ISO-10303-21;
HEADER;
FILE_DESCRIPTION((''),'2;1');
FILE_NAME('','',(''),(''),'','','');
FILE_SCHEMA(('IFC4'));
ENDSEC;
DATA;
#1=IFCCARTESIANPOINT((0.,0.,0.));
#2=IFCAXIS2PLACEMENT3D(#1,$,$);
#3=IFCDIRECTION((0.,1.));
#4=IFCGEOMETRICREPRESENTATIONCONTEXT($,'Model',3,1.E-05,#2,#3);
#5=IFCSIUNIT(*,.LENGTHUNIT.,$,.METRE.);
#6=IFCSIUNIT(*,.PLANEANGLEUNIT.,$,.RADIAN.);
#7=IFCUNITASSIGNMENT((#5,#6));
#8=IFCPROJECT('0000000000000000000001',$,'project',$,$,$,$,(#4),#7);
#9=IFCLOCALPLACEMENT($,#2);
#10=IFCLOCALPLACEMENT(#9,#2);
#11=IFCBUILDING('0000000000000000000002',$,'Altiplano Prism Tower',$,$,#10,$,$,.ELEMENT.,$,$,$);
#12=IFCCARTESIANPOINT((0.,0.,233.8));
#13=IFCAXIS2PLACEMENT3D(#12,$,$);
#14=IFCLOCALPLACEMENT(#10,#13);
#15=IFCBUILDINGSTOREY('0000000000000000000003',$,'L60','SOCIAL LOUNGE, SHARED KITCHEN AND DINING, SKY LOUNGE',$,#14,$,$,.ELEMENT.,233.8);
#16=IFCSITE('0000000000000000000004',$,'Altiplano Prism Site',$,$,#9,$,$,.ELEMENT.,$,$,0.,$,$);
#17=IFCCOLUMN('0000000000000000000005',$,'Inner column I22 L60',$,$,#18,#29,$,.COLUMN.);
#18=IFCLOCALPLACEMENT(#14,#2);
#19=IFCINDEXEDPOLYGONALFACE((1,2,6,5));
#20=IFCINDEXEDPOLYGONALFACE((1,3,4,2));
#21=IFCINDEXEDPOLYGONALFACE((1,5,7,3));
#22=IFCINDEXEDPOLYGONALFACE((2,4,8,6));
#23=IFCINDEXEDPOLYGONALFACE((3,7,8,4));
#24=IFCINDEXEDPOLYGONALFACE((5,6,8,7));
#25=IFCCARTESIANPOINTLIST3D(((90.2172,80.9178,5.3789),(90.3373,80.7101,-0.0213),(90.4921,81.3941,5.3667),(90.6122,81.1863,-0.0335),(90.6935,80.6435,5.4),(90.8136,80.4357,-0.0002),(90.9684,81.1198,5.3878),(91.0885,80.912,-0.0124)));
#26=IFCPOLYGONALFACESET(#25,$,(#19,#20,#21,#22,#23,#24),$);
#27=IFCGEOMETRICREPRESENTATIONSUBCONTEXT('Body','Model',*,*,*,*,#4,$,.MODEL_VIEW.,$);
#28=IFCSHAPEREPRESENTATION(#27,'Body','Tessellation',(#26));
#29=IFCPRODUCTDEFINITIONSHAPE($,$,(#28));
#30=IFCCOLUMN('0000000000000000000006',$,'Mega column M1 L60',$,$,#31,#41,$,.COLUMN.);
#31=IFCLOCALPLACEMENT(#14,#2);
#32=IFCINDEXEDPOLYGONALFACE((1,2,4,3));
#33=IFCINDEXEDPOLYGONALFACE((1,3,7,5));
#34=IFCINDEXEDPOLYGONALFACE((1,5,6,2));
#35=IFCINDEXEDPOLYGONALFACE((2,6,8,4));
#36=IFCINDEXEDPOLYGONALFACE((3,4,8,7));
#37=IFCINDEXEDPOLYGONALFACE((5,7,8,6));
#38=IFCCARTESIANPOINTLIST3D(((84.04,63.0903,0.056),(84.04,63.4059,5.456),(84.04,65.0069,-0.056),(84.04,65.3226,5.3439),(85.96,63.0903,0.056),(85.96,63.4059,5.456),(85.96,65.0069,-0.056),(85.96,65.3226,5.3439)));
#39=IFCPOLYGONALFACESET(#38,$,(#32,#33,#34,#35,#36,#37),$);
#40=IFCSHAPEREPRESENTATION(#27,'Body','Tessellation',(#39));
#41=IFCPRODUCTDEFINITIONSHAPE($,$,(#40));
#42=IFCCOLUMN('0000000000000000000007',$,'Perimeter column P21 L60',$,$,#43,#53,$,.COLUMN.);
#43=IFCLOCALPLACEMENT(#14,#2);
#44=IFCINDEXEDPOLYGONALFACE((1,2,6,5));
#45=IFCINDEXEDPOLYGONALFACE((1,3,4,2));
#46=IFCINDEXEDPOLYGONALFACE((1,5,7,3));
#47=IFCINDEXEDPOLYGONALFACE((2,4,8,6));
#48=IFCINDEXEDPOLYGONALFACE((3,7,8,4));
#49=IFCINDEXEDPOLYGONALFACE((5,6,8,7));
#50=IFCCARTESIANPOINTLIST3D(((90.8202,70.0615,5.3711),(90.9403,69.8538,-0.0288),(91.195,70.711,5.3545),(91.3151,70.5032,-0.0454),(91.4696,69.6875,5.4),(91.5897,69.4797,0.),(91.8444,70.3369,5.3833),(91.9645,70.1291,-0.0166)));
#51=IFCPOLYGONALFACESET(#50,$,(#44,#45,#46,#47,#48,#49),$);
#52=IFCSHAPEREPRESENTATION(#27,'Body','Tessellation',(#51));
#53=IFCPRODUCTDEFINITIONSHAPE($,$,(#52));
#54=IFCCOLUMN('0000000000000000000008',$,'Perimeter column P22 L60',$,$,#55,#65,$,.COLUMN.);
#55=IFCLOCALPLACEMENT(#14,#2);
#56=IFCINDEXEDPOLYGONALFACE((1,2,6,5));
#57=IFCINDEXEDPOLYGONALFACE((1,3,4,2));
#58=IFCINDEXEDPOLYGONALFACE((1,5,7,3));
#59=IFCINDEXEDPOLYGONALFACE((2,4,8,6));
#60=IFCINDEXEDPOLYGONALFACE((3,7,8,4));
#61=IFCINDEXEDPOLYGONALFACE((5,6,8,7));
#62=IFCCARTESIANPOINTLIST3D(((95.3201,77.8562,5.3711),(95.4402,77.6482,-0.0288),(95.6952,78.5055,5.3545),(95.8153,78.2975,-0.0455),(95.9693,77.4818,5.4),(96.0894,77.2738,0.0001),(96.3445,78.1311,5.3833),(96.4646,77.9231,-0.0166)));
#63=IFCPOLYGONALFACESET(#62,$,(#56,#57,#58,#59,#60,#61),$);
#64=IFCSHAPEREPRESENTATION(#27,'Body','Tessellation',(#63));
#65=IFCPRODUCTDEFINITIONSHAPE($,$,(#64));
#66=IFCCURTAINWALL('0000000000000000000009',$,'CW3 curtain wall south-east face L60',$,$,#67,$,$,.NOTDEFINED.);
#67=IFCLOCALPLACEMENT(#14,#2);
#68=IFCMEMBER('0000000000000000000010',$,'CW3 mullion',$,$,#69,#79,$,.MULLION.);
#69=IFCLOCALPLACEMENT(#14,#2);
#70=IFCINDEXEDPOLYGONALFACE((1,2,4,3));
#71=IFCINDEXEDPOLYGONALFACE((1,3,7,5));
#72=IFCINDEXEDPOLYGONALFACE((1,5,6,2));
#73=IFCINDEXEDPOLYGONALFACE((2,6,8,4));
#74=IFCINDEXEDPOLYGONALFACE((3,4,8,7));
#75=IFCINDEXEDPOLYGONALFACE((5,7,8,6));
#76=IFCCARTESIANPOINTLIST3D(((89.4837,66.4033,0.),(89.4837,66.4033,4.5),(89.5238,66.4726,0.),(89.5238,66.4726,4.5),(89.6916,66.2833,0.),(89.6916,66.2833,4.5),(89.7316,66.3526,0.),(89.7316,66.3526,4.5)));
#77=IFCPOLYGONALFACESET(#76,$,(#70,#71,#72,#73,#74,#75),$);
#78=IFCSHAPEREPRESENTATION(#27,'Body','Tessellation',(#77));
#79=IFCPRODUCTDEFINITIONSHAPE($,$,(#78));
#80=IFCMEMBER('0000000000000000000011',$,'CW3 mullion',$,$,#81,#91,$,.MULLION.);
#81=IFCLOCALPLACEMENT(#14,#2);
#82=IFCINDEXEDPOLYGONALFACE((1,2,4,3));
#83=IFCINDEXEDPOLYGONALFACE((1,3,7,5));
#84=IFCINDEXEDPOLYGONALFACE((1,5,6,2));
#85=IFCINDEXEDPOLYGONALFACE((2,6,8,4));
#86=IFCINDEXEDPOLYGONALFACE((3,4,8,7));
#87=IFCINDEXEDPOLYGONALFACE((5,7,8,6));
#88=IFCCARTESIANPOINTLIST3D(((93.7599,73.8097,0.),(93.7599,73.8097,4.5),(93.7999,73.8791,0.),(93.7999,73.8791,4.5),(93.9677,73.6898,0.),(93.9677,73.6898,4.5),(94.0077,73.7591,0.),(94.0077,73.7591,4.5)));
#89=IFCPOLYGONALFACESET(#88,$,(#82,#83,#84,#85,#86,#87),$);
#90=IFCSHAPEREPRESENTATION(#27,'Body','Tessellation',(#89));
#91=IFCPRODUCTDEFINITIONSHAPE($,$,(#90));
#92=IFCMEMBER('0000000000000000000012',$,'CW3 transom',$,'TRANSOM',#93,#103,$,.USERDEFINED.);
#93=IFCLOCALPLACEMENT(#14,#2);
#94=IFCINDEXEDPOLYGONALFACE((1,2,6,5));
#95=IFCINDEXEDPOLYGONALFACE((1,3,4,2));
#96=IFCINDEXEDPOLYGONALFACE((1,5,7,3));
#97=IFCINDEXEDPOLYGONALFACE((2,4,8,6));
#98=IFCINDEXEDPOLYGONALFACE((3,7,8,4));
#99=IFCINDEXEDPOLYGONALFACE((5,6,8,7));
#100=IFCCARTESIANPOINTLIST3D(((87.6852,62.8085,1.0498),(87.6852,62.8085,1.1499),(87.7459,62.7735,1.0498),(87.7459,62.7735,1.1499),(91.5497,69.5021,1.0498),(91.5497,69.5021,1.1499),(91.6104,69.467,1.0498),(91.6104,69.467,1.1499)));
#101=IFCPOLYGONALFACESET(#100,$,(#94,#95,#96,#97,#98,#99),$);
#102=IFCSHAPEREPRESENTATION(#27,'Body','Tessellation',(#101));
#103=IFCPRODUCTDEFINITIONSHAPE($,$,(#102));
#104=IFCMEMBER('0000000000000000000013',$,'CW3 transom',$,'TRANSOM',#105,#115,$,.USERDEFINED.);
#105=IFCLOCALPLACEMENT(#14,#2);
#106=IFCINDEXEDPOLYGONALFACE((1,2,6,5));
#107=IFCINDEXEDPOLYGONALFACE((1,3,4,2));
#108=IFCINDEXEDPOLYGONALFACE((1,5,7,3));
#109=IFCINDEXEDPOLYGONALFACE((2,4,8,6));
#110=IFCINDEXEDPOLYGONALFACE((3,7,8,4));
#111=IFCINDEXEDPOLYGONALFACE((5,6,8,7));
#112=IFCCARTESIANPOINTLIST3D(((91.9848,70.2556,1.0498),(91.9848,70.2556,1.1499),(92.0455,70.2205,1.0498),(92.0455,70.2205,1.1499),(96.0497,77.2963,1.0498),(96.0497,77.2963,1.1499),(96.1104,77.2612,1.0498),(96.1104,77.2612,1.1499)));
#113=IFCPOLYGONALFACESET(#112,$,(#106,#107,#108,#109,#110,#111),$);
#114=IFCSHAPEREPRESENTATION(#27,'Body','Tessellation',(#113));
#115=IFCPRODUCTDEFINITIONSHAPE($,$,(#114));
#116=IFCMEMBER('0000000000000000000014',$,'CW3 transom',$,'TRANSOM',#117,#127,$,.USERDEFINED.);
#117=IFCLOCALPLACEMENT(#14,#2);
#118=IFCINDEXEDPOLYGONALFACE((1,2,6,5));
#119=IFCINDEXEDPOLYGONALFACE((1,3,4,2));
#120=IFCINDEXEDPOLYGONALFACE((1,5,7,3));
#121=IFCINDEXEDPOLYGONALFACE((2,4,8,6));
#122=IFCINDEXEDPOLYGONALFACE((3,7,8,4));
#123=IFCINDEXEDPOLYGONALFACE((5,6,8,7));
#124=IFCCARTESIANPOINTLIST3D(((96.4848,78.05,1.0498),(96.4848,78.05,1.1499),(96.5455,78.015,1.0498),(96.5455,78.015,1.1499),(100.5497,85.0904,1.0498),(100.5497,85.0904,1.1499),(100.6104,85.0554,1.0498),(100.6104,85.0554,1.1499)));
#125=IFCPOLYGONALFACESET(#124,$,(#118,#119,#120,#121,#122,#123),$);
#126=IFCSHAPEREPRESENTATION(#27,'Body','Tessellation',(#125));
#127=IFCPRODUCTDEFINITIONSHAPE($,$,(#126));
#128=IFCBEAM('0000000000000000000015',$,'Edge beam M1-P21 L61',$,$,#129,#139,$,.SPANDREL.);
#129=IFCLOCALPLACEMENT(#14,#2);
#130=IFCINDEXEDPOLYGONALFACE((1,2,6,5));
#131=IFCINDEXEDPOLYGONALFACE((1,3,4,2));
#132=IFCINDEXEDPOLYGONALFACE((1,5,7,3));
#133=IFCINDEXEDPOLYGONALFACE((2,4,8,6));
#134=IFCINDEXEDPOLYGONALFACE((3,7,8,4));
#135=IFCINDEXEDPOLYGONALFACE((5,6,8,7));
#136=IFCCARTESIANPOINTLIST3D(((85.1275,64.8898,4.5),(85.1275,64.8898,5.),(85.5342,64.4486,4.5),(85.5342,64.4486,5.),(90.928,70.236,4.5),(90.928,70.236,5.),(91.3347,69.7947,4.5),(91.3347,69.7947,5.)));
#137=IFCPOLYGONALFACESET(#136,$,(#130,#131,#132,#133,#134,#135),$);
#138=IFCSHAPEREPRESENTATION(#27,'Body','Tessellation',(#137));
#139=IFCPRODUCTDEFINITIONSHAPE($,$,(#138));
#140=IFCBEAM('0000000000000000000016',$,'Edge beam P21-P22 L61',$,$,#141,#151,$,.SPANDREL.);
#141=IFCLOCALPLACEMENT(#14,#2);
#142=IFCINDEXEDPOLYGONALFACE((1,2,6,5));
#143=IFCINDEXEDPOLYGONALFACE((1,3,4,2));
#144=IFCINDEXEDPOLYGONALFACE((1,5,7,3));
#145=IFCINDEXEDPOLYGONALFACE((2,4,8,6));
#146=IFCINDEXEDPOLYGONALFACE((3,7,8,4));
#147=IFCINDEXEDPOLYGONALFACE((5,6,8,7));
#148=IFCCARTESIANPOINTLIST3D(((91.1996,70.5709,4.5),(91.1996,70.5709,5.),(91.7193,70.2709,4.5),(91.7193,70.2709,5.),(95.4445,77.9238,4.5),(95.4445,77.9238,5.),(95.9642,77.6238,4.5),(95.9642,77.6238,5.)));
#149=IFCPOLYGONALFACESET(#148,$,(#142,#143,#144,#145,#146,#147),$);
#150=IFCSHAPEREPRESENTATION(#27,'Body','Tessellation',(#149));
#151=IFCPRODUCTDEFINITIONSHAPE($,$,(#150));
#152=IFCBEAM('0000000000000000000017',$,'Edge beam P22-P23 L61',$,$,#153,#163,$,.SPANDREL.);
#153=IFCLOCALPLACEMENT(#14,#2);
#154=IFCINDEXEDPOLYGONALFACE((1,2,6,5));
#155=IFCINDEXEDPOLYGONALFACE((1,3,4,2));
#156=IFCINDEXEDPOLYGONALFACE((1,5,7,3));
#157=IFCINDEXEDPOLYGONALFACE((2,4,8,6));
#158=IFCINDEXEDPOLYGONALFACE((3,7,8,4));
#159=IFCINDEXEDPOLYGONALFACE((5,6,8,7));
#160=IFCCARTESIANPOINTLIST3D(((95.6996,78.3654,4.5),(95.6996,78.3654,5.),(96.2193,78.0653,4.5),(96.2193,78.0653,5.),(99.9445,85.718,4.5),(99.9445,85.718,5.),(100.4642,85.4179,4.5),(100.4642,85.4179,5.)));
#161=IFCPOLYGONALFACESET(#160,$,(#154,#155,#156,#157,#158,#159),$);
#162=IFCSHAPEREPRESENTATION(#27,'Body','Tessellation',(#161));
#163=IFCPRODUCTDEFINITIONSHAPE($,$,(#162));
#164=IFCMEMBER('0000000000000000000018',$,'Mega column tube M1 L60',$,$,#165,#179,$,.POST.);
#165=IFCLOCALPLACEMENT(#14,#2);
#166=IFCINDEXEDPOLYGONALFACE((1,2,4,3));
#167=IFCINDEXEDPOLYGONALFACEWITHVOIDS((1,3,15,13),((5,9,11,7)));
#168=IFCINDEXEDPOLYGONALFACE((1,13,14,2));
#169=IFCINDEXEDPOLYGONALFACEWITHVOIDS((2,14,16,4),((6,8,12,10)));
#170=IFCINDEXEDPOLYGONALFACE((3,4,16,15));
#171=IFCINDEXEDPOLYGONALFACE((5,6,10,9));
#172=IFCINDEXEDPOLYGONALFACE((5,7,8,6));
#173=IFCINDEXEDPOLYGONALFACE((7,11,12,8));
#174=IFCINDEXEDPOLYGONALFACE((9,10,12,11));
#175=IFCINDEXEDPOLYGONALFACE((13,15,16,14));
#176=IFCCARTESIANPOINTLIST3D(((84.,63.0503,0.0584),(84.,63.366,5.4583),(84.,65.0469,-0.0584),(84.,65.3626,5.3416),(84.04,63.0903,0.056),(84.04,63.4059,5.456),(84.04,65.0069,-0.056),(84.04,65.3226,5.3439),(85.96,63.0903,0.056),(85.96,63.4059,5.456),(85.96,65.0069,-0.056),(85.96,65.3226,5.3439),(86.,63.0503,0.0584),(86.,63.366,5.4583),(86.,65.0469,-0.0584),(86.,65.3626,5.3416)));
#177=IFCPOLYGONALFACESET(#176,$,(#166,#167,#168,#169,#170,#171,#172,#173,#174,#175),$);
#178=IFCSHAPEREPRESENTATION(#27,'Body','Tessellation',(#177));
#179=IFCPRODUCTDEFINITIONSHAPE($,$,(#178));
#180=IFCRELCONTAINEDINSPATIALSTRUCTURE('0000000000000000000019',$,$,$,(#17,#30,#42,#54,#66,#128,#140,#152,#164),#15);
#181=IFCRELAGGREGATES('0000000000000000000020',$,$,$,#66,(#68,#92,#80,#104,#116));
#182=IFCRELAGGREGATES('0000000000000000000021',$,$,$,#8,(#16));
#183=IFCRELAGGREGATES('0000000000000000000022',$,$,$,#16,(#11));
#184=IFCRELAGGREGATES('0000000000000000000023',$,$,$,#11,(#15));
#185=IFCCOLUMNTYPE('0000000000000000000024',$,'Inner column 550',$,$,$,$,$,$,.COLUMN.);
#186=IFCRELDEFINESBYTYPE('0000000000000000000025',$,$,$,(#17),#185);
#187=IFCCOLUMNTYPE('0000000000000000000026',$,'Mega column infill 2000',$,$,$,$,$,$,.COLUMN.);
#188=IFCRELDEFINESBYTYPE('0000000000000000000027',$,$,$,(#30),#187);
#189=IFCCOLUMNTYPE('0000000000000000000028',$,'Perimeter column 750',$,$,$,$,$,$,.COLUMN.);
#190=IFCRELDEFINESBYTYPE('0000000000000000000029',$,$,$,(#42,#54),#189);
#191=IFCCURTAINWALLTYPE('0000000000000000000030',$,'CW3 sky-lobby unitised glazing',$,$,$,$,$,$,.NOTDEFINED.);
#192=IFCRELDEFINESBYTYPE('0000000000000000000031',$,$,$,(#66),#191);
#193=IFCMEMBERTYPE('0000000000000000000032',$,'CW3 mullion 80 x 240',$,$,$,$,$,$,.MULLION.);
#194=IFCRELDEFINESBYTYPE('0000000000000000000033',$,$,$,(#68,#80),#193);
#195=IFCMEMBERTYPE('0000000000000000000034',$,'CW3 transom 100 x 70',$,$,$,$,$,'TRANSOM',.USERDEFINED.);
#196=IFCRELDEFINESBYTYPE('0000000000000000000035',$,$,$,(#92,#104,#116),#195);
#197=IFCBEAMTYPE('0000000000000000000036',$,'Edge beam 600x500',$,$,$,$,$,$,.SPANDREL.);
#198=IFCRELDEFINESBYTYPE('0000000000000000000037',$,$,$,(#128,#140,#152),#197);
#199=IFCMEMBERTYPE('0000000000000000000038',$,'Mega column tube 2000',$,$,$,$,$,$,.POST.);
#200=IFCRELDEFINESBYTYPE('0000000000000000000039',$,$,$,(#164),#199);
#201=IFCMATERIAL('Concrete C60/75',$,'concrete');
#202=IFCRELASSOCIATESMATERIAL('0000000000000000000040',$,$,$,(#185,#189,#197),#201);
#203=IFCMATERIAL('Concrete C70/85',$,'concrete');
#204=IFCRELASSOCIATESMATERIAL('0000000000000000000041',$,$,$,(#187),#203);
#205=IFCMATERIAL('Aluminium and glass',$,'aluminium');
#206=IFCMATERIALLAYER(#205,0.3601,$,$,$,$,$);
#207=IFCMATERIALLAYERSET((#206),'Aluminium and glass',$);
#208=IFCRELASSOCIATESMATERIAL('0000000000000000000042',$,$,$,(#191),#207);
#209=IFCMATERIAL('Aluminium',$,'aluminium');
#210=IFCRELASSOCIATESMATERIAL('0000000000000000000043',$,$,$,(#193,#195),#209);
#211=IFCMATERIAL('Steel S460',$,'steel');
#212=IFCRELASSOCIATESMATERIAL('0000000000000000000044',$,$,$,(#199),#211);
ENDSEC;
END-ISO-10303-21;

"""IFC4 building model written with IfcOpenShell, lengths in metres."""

from ifc_helpers import new_model, si_unit, direction, frame, origin, origin_2d, place, context, subcontext, project, spatial, rectangle, hollow_rectangle, extrude, material, layer, layer_set, material_profile, profile_set, type_object, element, aggregate, save


model = new_model("IFC4")

# Units and contexts
model_context = context("Model", 3, precision=1e-05, world=origin(), true_north=direction((0.0, 1.0)))
body_context = subcontext(model_context, "Body", "Model", "MODEL_VIEW")
ifc_project = project(units=[si_unit("LENGTHUNIT", "METRE"), si_unit("PLANEANGLEUNIT", "RADIAN")], contexts=[model_context])

# Site, building, storey
site_placement = place(None, origin())
site = spatial("IfcSite", under=ifc_project, at=site_placement, Name="Altiplano Prism Site", CompositionType="ELEMENT", RefElevation=0.0)
building_placement = place(site_placement, origin())
building = spatial("IfcBuilding", under=site, at=building_placement, Name="Altiplano Prism Tower", CompositionType="ELEMENT")
storey_placement = place(building_placement, frame((0.0, 0.0, 233.8)))
storey = spatial("IfcBuildingStorey", under=building, at=storey_placement, Name="L60", Description="SOCIAL LOUNGE, SHARED KITCHEN AND DINING, SKY LOUNGE", CompositionType="ELEMENT", Elevation=233.8)

# Columns
ifc_material_1 = material(Name="Concrete C60/75", Category="concrete")
ifc_material_profile_1 = material_profile(ifc_material_1, rectangle(XDim=0.55, YDim=0.55, at=origin_2d()), Name="Inner column 550")
ifc_profile_set_1 = profile_set([ifc_material_profile_1], Name="Concrete C60/75")
column_type_1 = type_object("IfcColumnType", Name="Inner column 550", PredefinedType="COLUMN", material=ifc_profile_set_1)
column_1_placement = place(storey_placement, frame((90.7129, 80.811, -0.0168), z_axis=(-0.022221, 0.038436, 0.999014), x_axis=(-0.499734, -0.865895, 0.022198)))
element("IfcColumn", 1, at=column_1_placement, inside=storey, type_object=column_type_1, Name="Inner column I22 L60", PredefinedType="COLUMN", context=body_context, shape_type="SweptSolid", body=[
    extrude(rectangle(XDim=0.55, YDim=0.55, at=origin_2d()), origin(), (0.0, 0.0, 1.0), 5.4055),
])
ifc_material_2 = material(Name="Concrete C70/85", Category="concrete")
ifc_material_profile_2 = material_profile(ifc_material_2, rectangle(XDim=1.9199, YDim=1.9199, at=origin_2d()), Name="Mega column infill 2000")
ifc_profile_set_2 = profile_set([ifc_material_profile_2], Name="Concrete C70/85")
column_type_2 = type_object("IfcColumnType", Name="Mega column infill 2000", PredefinedType="COLUMN", material=ifc_profile_set_2)
column_2_placement = place(storey_placement, frame((85.0, 64.0486, 0.0), z_axis=(0.0, 0.05836, 0.998296), x_axis=(-1.0, 0.0, 0.0)))
element("IfcColumn", 2, at=column_2_placement, inside=storey, type_object=column_type_2, Name="Mega column M1 L60", PredefinedType="COLUMN", context=body_context, shape_type="SweptSolid", body=[
    extrude(rectangle(XDim=1.9199, YDim=1.9199, at=origin_2d()), origin(), (0.0, 0.0, 1.0), 5.4092),
])
ifc_material_profile_3 = material_profile(ifc_material_1, rectangle(XDim=0.75, YDim=0.75, at=origin_2d()), Name="Perimeter column 750")
ifc_profile_set_3 = profile_set([ifc_material_profile_3], Name="Concrete C60/75")
column_type_3 = type_object("IfcColumnType", Name="Perimeter column 750", PredefinedType="COLUMN", material=ifc_profile_set_3)
for number, where, z_axis, x_axis, name in (
    (3, (91.4524, 69.9915, -0.0227), (-0.022222, 0.038438, 0.999014), (-0.499734, -0.865895, 0.022199), "Perimeter column P21 L60"),
    (4, (95.9524, 77.7856, -0.0227), (-0.022222, 0.038483, 0.999012), (-0.500175, -0.865639, 0.022219), "Perimeter column P22 L60"),
):
    element("IfcColumn", number, at=place(storey_placement, frame(where, z_axis=z_axis, x_axis=x_axis)), inside=storey, type_object=column_type_3, Name=name, PredefinedType="COLUMN", context=body_context, shape_type="SweptSolid", body=[
        extrude(rectangle(XDim=0.75, YDim=0.75, at=origin_2d()), origin(), (0.0, 0.0, 1.0), 5.4053),
    ])

# Curtain wall, members
ifc_material_3 = material(Name="Aluminium and glass", Category="aluminium")
ifc_layer_1 = layer(ifc_material_3, 0.3601)
ifc_layer_set_1 = layer_set([ifc_layer_1], Name="Aluminium and glass")
curtain_wall_type = type_object("IfcCurtainWallType", Name="CW3 sky-lobby unitised glazing", PredefinedType="NOTDEFINED", material=ifc_layer_set_1)
curtain_wall_1_placement = place(storey_placement, origin())
curtain_wall_1 = element("IfcCurtainWall", 5, at=curtain_wall_1_placement, inside=storey, type_object=curtain_wall_type, Name="CW3 curtain wall south-east face L60", PredefinedType="NOTDEFINED")
ifc_material_4 = material(Name="Aluminium", Category="aluminium")
ifc_material_profile_4 = material_profile(ifc_material_4, rectangle(XDim=0.24, YDim=0.0801, at=origin_2d()), Name="CW3 mullion 80 x 240")
ifc_profile_set_4 = profile_set([ifc_material_profile_4], Name="Aluminium")
member_type_1 = type_object("IfcMemberType", Name="CW3 mullion 80 x 240", PredefinedType="MULLION", material=ifc_profile_set_4)
member_1_placement = place(storey_placement, frame((89.6077, 66.3779, 0.0), z_axis=(0.0, 0.0, 1.0), x_axis=(-0.866025, 0.5, 0.0)))
member_1 = element("IfcMember", 6, at=member_1_placement, type_object=member_type_1, Name="CW3 mullion", PredefinedType="MULLION", context=body_context, shape_type="SweptSolid", body=[
    extrude(rectangle(XDim=0.24, YDim=0.0801, at=origin_2d()), origin(), (0.0, 0.0, 1.0), 4.5),
])
member_2_placement = place(storey_placement, frame((93.8838, 73.7844, 0.0), z_axis=(0.0, 0.0, 1.0), x_axis=(-0.866025, 0.5, 0.0)))
member_2 = element("IfcMember", 7, at=member_2_placement, type_object=member_type_1, Name="CW3 mullion", PredefinedType="MULLION", context=body_context, shape_type="SweptSolid", body=[
    extrude(rectangle(XDim=0.24, YDim=0.0801, at=origin_2d()), origin(), (0.0, 0.0, 1.0), 4.5),
])
ifc_material_profile_5 = material_profile(ifc_material_4, rectangle(XDim=0.0701, YDim=0.1001, at=origin_2d()), Name="CW3 transom 100 x 70")
ifc_profile_set_5 = profile_set([ifc_material_profile_5], Name="Aluminium")
member_type_2 = type_object("IfcMemberType", Name="CW3 transom 100 x 70", ElementType="TRANSOM", PredefinedType="USERDEFINED", material=ifc_profile_set_5)
member_3_placement = place(storey_placement, frame((87.7156, 62.791, 1.0999), z_axis=(0.499995, 0.866028, 0.0), x_axis=(-0.866028, 0.499995, 0.0)))
member_3 = element("IfcMember", 8, at=member_3_placement, type_object=member_type_2, Name="CW3 transom", ObjectType="TRANSOM", PredefinedType="USERDEFINED", context=body_context, shape_type="SweptSolid", body=[
    extrude(rectangle(XDim=0.0701, YDim=0.1001, at=origin_2d()), origin(), (0.0, 0.0, 1.0), 7.729),
])
member_4_placement = place(storey_placement, frame((92.0151, 70.238, 1.0999), z_axis=(0.499995, 0.866028, 0.0), x_axis=(-0.866028, 0.499995, 0.0)))
member_4 = element("IfcMember", 9, at=member_4_placement, type_object=member_type_2, Name="CW3 transom", ObjectType="TRANSOM", PredefinedType="USERDEFINED", context=body_context, shape_type="SweptSolid", body=[
    extrude(rectangle(XDim=0.0701, YDim=0.1001, at=origin_2d()), origin(), (0.0, 0.0, 1.0), 8.1299),
])
member_5_placement = place(storey_placement, frame((96.5151, 78.0325, 1.0999), z_axis=(0.500008, 0.866021, 0.0), x_axis=(-0.866021, 0.500008, 0.0)))
member_5 = element("IfcMember", 10, at=member_5_placement, type_object=member_type_2, Name="CW3 transom", ObjectType="TRANSOM", PredefinedType="USERDEFINED", context=body_context, shape_type="SweptSolid", body=[
    extrude(rectangle(XDim=0.0701, YDim=0.1001, at=origin_2d()), origin(), (0.0, 0.0, 1.0), 8.1296),
])

# Beams
ifc_material_profile_6 = material_profile(ifc_material_1, rectangle(XDim=0.6001, YDim=0.5, at=origin_2d()), Name="Edge beam 600x500")
ifc_profile_set_6 = profile_set([ifc_material_profile_6], Name="Concrete C60/75")
beam_type = type_object("IfcBeamType", Name="Edge beam 600x500", PredefinedType="SPANDREL", material=ifc_profile_set_6)
beam_1_placement = place(storey_placement, frame((85.3308, 64.6692, 4.75), z_axis=(0.735318, 0.677722, 0.0), x_axis=(-0.677722, 0.735318, 0.0)))
element("IfcBeam", 11, at=beam_1_placement, inside=storey, type_object=beam_type, Name="Edge beam M1-P21 L61", PredefinedType="SPANDREL", context=body_context, shape_type="SweptSolid", body=[
    extrude(rectangle(XDim=0.6001, YDim=0.5, at=origin_2d()), origin(), (0.0, 0.0, 1.0), 7.8884),
])
beam_2_placement = place(storey_placement, frame((91.4595, 70.4209, 4.75), z_axis=(0.499977, 0.866039, 0.0), x_axis=(-0.866039, 0.499977, 0.0)))
element("IfcBeam", 12, at=beam_2_placement, inside=storey, type_object=beam_type, Name="Edge beam P21-P22 L61", PredefinedType="SPANDREL", context=body_context, shape_type="SweptSolid", body=[
    extrude(rectangle(XDim=0.6001, YDim=0.5, at=origin_2d()), origin(), (0.0, 0.0, 1.0), 8.4902),
])
beam_3_placement = place(storey_placement, frame((95.9595, 78.2153, 4.75), z_axis=(0.49999, 0.866031, 0.0), x_axis=(-0.866031, 0.49999, 0.0)))
element("IfcBeam", 13, at=beam_3_placement, inside=storey, type_object=beam_type, Name="Edge beam P22-P23 L61", PredefinedType="SPANDREL", context=body_context, shape_type="SweptSolid", body=[
    extrude(rectangle(XDim=0.6001, YDim=0.5, at=origin_2d()), origin(), (0.0, 0.0, 1.0), 8.49),
])

# Member
ifc_material_5 = material(Name="Steel S460", Category="steel")
ifc_material_profile_7 = material_profile(ifc_material_5, hollow_rectangle(XDim=2.0, YDim=2.0, WallThickness=0.04, at=origin_2d()), Name="Mega column tube 2000")
ifc_profile_set_7 = profile_set([ifc_material_profile_7], Name="Steel S460")
member_type_3 = type_object("IfcMemberType", Name="Mega column tube 2000", PredefinedType="POST", material=ifc_profile_set_7)
member_6_placement = place(storey_placement, frame((85.0, 64.0486, 0.0), z_axis=(0.0, 0.05836, 0.998296), x_axis=(-1.0, 0.0, 0.0)))
element("IfcMember", 14, at=member_6_placement, inside=storey, type_object=member_type_3, Name="Mega column tube M1 L60", PredefinedType="POST", context=body_context, shape_type="SweptSolid", body=[
    extrude(hollow_rectangle(XDim=2.0, YDim=2.0, WallThickness=0.04, at=origin_2d()), origin(), (0.0, 0.0, 1.0), 5.4092),
])

aggregate(curtain_wall_1, [member_1, member_3, member_2, member_4, member_5])

save(model, "model.ifc")
